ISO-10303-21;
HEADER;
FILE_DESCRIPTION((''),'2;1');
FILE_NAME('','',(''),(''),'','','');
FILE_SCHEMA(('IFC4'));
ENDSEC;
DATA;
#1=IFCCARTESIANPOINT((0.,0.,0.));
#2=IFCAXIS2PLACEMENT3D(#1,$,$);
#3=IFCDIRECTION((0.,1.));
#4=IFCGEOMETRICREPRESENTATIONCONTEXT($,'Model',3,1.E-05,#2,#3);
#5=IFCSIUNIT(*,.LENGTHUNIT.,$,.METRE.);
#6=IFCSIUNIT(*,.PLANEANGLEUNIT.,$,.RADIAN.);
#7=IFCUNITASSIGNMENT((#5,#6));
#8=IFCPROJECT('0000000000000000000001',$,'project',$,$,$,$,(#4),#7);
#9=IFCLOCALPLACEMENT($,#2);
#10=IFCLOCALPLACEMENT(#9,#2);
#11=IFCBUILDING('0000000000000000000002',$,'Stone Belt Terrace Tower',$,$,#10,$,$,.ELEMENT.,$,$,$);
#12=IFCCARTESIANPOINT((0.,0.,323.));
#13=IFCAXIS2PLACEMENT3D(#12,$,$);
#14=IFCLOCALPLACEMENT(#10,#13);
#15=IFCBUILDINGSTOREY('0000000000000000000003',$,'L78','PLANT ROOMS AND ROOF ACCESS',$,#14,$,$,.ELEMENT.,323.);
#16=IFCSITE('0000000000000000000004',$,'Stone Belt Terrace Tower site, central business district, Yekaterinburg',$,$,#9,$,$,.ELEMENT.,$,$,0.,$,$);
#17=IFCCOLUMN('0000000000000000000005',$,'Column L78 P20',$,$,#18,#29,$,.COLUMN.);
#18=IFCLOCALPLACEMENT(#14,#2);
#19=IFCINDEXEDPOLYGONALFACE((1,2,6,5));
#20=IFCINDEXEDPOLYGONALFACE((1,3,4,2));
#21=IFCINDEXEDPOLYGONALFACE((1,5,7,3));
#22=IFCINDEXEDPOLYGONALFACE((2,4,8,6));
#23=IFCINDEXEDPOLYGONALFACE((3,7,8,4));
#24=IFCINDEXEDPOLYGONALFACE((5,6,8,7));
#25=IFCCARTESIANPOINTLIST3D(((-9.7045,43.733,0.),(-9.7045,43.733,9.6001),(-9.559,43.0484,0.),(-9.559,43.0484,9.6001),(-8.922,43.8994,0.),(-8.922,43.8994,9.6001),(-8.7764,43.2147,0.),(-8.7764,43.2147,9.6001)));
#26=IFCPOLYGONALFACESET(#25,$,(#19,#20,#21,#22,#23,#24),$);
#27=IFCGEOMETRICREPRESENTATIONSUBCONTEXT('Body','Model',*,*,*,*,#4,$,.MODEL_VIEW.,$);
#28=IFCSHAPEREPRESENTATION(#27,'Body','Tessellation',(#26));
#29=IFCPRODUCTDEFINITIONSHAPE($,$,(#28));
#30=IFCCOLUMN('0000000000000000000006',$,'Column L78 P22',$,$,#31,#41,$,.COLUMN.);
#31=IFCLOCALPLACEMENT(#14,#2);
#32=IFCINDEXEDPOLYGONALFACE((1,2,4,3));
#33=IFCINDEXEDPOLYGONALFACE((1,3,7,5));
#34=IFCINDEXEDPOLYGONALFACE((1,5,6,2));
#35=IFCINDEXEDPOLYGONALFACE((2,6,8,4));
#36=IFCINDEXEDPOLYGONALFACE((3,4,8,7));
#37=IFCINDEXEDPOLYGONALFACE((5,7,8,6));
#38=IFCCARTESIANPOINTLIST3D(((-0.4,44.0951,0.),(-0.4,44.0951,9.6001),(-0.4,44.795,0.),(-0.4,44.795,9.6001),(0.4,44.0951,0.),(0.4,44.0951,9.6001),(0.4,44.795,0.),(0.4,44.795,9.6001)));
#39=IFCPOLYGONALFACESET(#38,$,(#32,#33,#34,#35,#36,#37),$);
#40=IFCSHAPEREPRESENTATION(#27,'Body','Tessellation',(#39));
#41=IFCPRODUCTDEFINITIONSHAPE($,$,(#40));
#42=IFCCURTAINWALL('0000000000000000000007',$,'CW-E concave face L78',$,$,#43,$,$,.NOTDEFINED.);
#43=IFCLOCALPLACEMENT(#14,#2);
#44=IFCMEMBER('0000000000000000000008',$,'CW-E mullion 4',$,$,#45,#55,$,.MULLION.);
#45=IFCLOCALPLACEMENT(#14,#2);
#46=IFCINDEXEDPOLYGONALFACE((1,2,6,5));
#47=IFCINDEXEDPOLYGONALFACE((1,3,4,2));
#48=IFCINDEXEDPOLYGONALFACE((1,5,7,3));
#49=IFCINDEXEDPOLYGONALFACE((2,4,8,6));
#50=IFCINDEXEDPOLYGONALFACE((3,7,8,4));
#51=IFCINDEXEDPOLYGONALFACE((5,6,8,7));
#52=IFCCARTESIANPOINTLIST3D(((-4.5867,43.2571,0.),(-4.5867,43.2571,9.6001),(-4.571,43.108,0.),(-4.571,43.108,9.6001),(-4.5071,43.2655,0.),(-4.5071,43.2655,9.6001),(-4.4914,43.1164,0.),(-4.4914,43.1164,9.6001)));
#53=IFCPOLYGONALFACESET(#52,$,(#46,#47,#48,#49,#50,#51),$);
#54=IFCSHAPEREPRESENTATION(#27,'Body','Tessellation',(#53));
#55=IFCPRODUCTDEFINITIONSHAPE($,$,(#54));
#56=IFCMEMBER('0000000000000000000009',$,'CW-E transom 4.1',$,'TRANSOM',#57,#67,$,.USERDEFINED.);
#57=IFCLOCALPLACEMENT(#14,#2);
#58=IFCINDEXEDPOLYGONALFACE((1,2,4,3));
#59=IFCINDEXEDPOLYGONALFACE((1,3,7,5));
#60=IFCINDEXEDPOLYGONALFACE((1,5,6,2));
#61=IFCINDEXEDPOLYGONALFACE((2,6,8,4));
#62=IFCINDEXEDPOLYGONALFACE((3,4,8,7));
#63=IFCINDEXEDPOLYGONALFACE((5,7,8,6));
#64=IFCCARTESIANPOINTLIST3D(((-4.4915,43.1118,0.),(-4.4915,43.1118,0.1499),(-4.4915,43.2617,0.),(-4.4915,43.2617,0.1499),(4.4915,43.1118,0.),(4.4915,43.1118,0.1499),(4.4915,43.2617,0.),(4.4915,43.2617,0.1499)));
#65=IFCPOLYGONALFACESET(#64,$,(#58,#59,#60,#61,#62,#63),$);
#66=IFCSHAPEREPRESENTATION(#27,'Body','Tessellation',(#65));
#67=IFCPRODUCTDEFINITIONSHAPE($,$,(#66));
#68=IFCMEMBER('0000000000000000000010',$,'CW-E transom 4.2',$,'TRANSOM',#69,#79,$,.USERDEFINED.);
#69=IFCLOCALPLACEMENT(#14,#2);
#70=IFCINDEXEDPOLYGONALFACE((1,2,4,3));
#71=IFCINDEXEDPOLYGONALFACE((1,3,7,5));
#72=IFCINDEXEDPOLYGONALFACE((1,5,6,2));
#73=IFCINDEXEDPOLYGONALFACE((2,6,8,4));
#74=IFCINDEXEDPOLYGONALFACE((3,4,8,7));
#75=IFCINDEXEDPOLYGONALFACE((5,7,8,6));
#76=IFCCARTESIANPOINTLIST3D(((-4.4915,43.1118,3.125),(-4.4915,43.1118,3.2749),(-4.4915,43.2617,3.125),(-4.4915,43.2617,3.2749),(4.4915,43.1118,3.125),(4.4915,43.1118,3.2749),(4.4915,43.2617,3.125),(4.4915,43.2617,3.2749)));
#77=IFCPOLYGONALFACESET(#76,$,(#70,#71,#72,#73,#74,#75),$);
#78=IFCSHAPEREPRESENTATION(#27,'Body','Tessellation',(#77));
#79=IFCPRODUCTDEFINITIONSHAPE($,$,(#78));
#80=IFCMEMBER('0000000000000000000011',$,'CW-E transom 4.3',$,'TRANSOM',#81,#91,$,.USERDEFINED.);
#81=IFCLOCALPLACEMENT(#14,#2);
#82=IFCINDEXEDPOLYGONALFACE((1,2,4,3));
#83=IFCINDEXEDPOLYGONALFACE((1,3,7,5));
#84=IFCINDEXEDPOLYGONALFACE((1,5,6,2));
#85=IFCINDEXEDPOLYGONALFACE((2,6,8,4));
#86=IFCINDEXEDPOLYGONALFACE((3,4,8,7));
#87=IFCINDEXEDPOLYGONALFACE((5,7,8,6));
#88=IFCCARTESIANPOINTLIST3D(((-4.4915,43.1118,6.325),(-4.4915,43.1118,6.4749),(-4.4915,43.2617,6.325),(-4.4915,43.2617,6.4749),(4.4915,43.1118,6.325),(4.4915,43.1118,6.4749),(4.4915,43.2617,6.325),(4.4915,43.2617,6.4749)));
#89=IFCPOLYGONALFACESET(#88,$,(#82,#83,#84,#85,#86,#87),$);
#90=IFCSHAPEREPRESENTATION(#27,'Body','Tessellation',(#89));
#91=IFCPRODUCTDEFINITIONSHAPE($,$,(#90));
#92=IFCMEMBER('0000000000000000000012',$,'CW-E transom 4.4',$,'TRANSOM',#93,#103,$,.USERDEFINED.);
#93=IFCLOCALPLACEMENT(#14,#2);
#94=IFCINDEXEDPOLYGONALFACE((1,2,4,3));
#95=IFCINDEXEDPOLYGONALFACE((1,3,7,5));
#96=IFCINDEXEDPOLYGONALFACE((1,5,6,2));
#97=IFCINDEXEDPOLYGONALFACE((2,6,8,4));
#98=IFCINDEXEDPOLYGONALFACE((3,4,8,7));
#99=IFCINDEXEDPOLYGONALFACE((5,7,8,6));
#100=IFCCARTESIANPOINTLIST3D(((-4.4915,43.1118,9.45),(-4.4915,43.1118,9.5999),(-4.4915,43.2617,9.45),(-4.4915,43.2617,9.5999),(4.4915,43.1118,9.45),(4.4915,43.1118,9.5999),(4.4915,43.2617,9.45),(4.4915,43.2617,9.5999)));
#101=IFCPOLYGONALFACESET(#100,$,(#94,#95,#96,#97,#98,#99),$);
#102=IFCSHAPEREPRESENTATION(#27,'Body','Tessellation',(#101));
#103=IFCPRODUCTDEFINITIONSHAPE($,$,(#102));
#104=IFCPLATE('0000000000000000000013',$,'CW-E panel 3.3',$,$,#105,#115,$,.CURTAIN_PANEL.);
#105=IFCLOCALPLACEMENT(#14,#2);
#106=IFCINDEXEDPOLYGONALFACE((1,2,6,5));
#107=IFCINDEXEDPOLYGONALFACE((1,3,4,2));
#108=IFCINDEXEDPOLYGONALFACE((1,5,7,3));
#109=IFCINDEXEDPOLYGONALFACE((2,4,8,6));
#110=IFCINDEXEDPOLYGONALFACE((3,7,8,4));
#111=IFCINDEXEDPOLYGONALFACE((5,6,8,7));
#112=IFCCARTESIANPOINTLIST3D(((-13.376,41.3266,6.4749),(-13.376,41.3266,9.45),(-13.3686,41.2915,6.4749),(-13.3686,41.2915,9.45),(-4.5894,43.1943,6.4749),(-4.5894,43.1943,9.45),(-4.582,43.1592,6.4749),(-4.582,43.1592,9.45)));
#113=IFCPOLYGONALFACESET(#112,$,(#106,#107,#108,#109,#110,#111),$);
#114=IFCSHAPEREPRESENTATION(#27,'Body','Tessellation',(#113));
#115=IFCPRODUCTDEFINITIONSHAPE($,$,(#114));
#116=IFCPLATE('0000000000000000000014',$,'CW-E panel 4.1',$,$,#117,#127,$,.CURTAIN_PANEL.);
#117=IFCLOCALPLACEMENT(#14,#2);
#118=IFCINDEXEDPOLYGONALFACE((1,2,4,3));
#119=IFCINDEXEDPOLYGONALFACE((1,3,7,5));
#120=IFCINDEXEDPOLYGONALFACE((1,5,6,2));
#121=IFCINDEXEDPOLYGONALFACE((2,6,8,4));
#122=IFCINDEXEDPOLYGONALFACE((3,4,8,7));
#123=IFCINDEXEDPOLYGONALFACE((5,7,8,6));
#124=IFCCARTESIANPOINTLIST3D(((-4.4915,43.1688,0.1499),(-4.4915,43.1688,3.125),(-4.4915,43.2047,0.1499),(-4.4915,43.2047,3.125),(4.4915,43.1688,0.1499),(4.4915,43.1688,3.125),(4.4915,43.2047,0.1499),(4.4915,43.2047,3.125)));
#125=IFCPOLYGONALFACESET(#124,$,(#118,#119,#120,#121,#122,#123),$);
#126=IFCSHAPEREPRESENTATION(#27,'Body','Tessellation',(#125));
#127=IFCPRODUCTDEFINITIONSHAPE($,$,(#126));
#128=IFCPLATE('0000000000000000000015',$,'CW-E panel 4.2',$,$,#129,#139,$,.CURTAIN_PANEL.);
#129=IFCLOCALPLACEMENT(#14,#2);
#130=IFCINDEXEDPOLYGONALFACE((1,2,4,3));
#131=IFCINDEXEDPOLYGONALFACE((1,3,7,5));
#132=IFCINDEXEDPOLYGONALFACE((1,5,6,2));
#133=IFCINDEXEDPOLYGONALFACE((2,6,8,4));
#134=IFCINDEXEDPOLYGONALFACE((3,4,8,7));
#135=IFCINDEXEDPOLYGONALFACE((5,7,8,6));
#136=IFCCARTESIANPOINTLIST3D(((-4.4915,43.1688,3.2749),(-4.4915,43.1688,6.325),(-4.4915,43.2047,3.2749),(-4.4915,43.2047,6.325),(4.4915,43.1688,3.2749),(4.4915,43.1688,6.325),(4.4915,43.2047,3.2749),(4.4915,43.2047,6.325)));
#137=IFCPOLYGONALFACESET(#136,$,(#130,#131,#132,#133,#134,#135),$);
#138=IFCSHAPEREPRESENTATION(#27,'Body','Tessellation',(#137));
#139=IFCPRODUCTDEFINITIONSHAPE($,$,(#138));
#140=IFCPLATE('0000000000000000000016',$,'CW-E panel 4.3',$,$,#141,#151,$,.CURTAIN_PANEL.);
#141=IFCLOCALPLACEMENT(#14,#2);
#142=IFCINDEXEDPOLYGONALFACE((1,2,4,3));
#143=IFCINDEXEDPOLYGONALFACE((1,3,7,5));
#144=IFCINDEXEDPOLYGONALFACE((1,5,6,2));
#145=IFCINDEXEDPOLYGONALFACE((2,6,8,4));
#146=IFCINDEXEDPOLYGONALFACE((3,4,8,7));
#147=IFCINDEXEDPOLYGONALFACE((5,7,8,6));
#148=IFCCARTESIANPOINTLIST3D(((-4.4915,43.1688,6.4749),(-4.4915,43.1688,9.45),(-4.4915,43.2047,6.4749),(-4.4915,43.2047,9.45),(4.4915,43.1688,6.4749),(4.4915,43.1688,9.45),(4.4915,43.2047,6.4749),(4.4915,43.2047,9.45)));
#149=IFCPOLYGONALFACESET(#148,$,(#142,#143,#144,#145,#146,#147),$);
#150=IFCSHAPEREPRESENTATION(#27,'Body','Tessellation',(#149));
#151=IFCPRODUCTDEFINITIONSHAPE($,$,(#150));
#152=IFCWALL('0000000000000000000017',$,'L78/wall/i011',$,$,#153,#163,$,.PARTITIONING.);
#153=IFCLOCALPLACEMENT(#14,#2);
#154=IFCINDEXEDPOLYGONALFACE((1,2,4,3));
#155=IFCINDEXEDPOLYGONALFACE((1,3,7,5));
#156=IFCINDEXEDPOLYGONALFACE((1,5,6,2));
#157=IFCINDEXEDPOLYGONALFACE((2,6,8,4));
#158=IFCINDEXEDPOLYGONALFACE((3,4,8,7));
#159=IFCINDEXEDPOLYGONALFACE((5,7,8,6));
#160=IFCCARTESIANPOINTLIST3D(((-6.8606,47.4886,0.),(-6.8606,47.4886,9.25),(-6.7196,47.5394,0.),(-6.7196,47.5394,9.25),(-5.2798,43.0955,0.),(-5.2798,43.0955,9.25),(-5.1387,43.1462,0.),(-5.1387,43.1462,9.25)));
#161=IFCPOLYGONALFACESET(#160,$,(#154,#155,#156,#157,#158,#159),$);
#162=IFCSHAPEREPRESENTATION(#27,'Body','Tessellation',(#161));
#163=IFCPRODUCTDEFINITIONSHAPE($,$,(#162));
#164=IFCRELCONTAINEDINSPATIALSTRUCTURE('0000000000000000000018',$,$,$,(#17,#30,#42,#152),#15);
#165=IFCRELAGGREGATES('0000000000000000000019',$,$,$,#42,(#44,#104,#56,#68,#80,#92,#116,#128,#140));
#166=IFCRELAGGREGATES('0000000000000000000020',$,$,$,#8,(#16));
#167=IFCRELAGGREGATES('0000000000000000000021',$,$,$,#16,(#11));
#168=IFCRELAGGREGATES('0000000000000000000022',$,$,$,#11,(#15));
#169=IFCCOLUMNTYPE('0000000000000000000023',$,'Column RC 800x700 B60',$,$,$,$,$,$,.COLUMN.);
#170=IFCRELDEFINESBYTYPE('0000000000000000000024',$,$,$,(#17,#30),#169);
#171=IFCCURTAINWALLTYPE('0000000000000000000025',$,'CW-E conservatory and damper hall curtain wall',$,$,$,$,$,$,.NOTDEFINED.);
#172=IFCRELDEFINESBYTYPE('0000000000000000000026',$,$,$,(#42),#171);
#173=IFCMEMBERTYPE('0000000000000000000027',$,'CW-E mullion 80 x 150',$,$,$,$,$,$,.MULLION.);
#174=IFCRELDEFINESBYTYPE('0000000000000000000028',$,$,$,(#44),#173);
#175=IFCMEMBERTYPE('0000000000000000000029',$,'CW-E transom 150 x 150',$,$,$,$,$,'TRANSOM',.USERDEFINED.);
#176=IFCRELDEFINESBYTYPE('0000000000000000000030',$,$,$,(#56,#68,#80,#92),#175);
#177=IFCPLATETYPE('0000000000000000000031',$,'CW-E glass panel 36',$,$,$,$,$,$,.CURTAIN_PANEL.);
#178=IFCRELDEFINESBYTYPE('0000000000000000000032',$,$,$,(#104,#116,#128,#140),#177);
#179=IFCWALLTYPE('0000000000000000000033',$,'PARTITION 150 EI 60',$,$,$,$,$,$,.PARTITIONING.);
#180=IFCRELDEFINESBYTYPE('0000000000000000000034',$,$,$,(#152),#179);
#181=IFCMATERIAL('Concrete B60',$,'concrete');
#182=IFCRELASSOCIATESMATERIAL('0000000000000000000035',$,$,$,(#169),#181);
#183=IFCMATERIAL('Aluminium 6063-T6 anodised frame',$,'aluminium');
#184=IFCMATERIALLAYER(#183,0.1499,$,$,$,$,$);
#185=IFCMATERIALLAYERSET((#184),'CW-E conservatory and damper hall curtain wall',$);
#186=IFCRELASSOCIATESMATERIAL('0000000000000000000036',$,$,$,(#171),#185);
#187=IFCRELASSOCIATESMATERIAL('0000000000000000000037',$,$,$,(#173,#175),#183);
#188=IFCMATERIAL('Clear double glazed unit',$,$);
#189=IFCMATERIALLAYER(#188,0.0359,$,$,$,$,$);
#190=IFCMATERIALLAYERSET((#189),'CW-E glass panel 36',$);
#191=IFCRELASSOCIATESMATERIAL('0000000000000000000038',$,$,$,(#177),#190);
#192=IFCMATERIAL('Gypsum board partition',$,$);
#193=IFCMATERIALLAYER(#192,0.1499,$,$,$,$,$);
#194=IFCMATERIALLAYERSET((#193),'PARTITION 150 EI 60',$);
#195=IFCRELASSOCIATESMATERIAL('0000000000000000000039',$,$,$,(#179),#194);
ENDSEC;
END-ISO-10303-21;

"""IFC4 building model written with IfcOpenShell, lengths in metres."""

from ifc_helpers import new_model, si_unit, direction, frame, frame_2d, origin, origin_2d, place, context, subcontext, project, spatial, rectangle, extrude, material, layer, layer_set, material_profile, profile_set, type_object, element, aggregate, save


model = new_model("IFC4")

# Units and contexts
model_context = context("Model", 3, precision=1e-05, world=origin(), true_north=direction((0.0, 1.0)))
body_context = subcontext(model_context, "Body", "Model", "MODEL_VIEW")
ifc_project = project(units=[si_unit("LENGTHUNIT", "METRE"), si_unit("PLANEANGLEUNIT", "RADIAN")], contexts=[model_context])

# Site, building, storey
site_placement = place(None, origin())
site = spatial("IfcSite", under=ifc_project, at=site_placement, Name="Stone Belt Terrace Tower site, central business district, Yekaterinburg", CompositionType="ELEMENT", RefElevation=0.0)
building_placement = place(site_placement, origin())
building = spatial("IfcBuilding", under=site, at=building_placement, Name="Stone Belt Terrace Tower", CompositionType="ELEMENT")
storey_placement = place(building_placement, frame((0.0, 0.0, 323.0)))
storey = spatial("IfcBuildingStorey", under=building, at=storey_placement, Name="L78", Description="PLANT ROOMS AND ROOF ACCESS", CompositionType="ELEMENT", Elevation=323.0)

# Columns
ifc_material_1 = material(Name="Concrete B60", Category="concrete")
ifc_material_profile_1 = material_profile(ifc_material_1, rectangle(XDim=0.8, YDim=0.7, at=origin_2d()), Name="RC 800x700")
ifc_profile_set_1 = profile_set([ifc_material_profile_1], Name="Concrete B60")
column_type = type_object("IfcColumnType", Name="Column RC 800x700 B60", PredefinedType="COLUMN", material=ifc_profile_set_1)
for number, where, z_axis, x_axis, name in (
    (1, (-9.2405, 43.4739, 0.0), (0.0, 0.0, 1.0), (0.978148, 0.207912, 0.0), "Column L78 P20"),
    (2, (0.0, 44.4451, 0.0), (0.0, 0.0, 1.0), (1.0, 0.0, 0.0), "Column L78 P22"),
):
    element("IfcColumn", number, at=place(storey_placement, frame(where, z_axis=z_axis, x_axis=x_axis)), inside=storey, type_object=column_type, Name=name, PredefinedType="COLUMN", context=body_context, shape_type="SweptSolid", body=[
        extrude(rectangle(XDim=0.8, YDim=0.7, at=origin_2d()), origin(), (0.0, 0.0, 1.0), 9.6001),
    ])

# Curtain wall, members, plates
ifc_material_2 = material(Name="Aluminium 6063-T6 anodised frame", Category="aluminium")
ifc_layer_1 = layer(ifc_material_2, 0.1499)
ifc_layer_set_1 = layer_set([ifc_layer_1], Name="CW-E conservatory and damper hall curtain wall")
curtain_wall_type = type_object("IfcCurtainWallType", Name="CW-E conservatory and damper hall curtain wall", PredefinedType="NOTDEFINED", material=ifc_layer_set_1)
curtain_wall_placement = place(storey_placement, origin())
curtain_wall = element("IfcCurtainWall", 3, at=curtain_wall_placement, inside=storey, type_object=curtain_wall_type, Name="CW-E concave face L78", PredefinedType="NOTDEFINED")
ifc_material_profile_2 = material_profile(ifc_material_2, rectangle(XDim=0.1499, YDim=0.0801, at=origin_2d()), Name="Aluminium 6063-T6 80x150")
ifc_profile_set_2 = profile_set([ifc_material_profile_2], Name="Aluminium 6063-T6 anodised frame")
member_type_1 = type_object("IfcMemberType", Name="CW-E mullion 80 x 150", PredefinedType="MULLION", material=ifc_profile_set_2)
member_1_placement = place(storey_placement, frame((-4.5391, 43.1868, 0.0), z_axis=(0.0, 0.0, 1.0), x_axis=(-0.104528, 0.994522, 0.0)))
member_1 = element("IfcMember", 4, at=member_1_placement, type_object=member_type_1, Name="CW-E mullion 4", PredefinedType="MULLION", context=body_context, shape_type="SweptSolid", body=[
    extrude(rectangle(XDim=0.1499, YDim=0.0801, at=origin_2d()), origin(), (0.0, 0.0, 1.0), 9.6001),
])
ifc_material_profile_3 = material_profile(ifc_material_2, rectangle(XDim=0.1499, YDim=0.1499, at=origin_2d()), Name="Aluminium 6063-T6 150x150")
ifc_profile_set_3 = profile_set([ifc_material_profile_3], Name="Aluminium 6063-T6 anodised frame")
member_type_2 = type_object("IfcMemberType", Name="CW-E transom 150 x 150", ElementType="TRANSOM", PredefinedType="USERDEFINED", material=ifc_profile_set_3)
member_2_placement = place(storey_placement, frame((-4.4915, 43.1868, 0.075), z_axis=(1.0, 0.0, 0.0), x_axis=(0.0, 1.0, 0.0)))
member_2 = element("IfcMember", 5, at=member_2_placement, type_object=member_type_2, Name="CW-E transom 4.1", ObjectType="TRANSOM", PredefinedType="USERDEFINED", context=body_context, shape_type="SweptSolid", body=[
    extrude(rectangle(XDim=0.1499, YDim=0.1499, at=origin_2d()), origin(), (0.0, 0.0, 1.0), 8.9829),
])
member_3_placement = place(storey_placement, frame((-4.4915, 43.1868, 3.2), z_axis=(1.0, 0.0, 0.0), x_axis=(0.0, 1.0, 0.0)))
member_3 = element("IfcMember", 6, at=member_3_placement, type_object=member_type_2, Name="CW-E transom 4.2", ObjectType="TRANSOM", PredefinedType="USERDEFINED", context=body_context, shape_type="SweptSolid", body=[
    extrude(rectangle(XDim=0.1499, YDim=0.1499, at=origin_2d()), origin(), (0.0, 0.0, 1.0), 8.9829),
])
member_4_placement = place(storey_placement, frame((-4.4915, 43.1868, 6.3999), z_axis=(1.0, 0.0, 0.0), x_axis=(0.0, 1.0, 0.0)))
member_4 = element("IfcMember", 7, at=member_4_placement, type_object=member_type_2, Name="CW-E transom 4.3", ObjectType="TRANSOM", PredefinedType="USERDEFINED", context=body_context, shape_type="SweptSolid", body=[
    extrude(rectangle(XDim=0.1499, YDim=0.1499, at=origin_2d()), origin(), (0.0, 0.0, 1.0), 8.9829),
])
member_5_placement = place(storey_placement, frame((-4.4915, 43.1868, 9.5249), z_axis=(1.0, 0.0, 0.0), x_axis=(0.0, 1.0, 0.0)))
member_5 = element("IfcMember", 8, at=member_5_placement, type_object=member_type_2, Name="CW-E transom 4.4", ObjectType="TRANSOM", PredefinedType="USERDEFINED", context=body_context, shape_type="SweptSolid", body=[
    extrude(rectangle(XDim=0.1499, YDim=0.1499, at=origin_2d()), origin(), (0.0, 0.0, 1.0), 8.9829),
])
ifc_material_3 = material(Name="Clear double glazed unit")
ifc_layer_2 = layer(ifc_material_3, 0.0359)
ifc_layer_set_2 = layer_set([ifc_layer_2], Name="CW-E glass panel 36")
plate_type = type_object("IfcPlateType", Name="CW-E glass panel 36", PredefinedType="CURTAIN_PANEL", material=ifc_layer_set_2)
plate_1_placement = place(storey_placement, frame((-8.979, 42.2429, 6.4749), z_axis=(0.0, 0.0, 1.0), x_axis=(0.978148, 0.207912, 0.0)))
plate_1 = element("IfcPlate", 9, at=plate_1_placement, type_object=plate_type, Name="CW-E panel 3.3", PredefinedType="CURTAIN_PANEL", context=body_context, shape_type="SweptSolid", body=[
    extrude(rectangle(XDim=8.9829, YDim=0.0359, at=origin_2d()), origin(), (0.0, 0.0, 1.0), 2.9751),
])
plate_2_placement = place(storey_placement, frame((0.0, 43.1868, 0.1499), z_axis=(0.0, 0.0, 1.0), x_axis=(1.0, 0.0, 0.0)))
plate_2 = element("IfcPlate", 10, at=plate_2_placement, type_object=plate_type, Name="CW-E panel 4.1", PredefinedType="CURTAIN_PANEL", context=body_context, shape_type="SweptSolid", body=[
    extrude(rectangle(XDim=8.9829, YDim=0.0359, at=origin_2d()), origin(), (0.0, 0.0, 1.0), 2.9751),
])
plate_3_placement = place(storey_placement, frame((0.0, 43.1868, 3.2749), z_axis=(0.0, 0.0, 1.0), x_axis=(1.0, 0.0, 0.0)))
plate_3 = element("IfcPlate", 11, at=plate_3_placement, type_object=plate_type, Name="CW-E panel 4.2", PredefinedType="CURTAIN_PANEL", context=body_context, shape_type="SweptSolid", body=[
    extrude(rectangle(XDim=8.9829, YDim=0.0359, at=origin_2d()), origin(), (0.0, 0.0, 1.0), 3.05),
])
plate_4_placement = place(storey_placement, frame((0.0, 43.1868, 6.4749), z_axis=(0.0, 0.0, 1.0), x_axis=(1.0, 0.0, 0.0)))
plate_4 = element("IfcPlate", 12, at=plate_4_placement, type_object=plate_type, Name="CW-E panel 4.3", PredefinedType="CURTAIN_PANEL", context=body_context, shape_type="SweptSolid", body=[
    extrude(rectangle(XDim=8.9829, YDim=0.0359, at=origin_2d()), origin(), (0.0, 0.0, 1.0), 2.9751),
])
aggregate(curtain_wall, [member_1, plate_1, member_2, member_3, member_4, member_5, plate_2, plate_3, plate_4])

# Wall
ifc_material_4 = material(Name="Gypsum board partition")
ifc_layer_3 = layer(ifc_material_4, 0.1499)
ifc_layer_set_3 = layer_set([ifc_layer_3], Name="PARTITION 150 EI 60")
wall_type_1 = type_object("IfcWallType", Name="PARTITION 150 EI 60", PredefinedType="PARTITIONING", material=ifc_layer_set_3)
wall_1_placement = place(storey_placement, frame((-5.2092, 43.1208, 0.0), z_axis=(0.0, 0.0, 1.0), x_axis=(-0.338588, 0.940935, 0.0)))
element("IfcWall", 13, at=wall_1_placement, inside=storey, type_object=wall_type_1, Name="L78/wall/i011", PredefinedType="PARTITIONING", context=body_context, shape_type="SweptSolid", body=[
    extrude(rectangle(XDim=4.6689, YDim=0.1499, at=frame_2d((2.3345, 0.0))), origin(), (0.0, 0.0, 1.0), 9.25),
])

save(model, "model.ifc")
